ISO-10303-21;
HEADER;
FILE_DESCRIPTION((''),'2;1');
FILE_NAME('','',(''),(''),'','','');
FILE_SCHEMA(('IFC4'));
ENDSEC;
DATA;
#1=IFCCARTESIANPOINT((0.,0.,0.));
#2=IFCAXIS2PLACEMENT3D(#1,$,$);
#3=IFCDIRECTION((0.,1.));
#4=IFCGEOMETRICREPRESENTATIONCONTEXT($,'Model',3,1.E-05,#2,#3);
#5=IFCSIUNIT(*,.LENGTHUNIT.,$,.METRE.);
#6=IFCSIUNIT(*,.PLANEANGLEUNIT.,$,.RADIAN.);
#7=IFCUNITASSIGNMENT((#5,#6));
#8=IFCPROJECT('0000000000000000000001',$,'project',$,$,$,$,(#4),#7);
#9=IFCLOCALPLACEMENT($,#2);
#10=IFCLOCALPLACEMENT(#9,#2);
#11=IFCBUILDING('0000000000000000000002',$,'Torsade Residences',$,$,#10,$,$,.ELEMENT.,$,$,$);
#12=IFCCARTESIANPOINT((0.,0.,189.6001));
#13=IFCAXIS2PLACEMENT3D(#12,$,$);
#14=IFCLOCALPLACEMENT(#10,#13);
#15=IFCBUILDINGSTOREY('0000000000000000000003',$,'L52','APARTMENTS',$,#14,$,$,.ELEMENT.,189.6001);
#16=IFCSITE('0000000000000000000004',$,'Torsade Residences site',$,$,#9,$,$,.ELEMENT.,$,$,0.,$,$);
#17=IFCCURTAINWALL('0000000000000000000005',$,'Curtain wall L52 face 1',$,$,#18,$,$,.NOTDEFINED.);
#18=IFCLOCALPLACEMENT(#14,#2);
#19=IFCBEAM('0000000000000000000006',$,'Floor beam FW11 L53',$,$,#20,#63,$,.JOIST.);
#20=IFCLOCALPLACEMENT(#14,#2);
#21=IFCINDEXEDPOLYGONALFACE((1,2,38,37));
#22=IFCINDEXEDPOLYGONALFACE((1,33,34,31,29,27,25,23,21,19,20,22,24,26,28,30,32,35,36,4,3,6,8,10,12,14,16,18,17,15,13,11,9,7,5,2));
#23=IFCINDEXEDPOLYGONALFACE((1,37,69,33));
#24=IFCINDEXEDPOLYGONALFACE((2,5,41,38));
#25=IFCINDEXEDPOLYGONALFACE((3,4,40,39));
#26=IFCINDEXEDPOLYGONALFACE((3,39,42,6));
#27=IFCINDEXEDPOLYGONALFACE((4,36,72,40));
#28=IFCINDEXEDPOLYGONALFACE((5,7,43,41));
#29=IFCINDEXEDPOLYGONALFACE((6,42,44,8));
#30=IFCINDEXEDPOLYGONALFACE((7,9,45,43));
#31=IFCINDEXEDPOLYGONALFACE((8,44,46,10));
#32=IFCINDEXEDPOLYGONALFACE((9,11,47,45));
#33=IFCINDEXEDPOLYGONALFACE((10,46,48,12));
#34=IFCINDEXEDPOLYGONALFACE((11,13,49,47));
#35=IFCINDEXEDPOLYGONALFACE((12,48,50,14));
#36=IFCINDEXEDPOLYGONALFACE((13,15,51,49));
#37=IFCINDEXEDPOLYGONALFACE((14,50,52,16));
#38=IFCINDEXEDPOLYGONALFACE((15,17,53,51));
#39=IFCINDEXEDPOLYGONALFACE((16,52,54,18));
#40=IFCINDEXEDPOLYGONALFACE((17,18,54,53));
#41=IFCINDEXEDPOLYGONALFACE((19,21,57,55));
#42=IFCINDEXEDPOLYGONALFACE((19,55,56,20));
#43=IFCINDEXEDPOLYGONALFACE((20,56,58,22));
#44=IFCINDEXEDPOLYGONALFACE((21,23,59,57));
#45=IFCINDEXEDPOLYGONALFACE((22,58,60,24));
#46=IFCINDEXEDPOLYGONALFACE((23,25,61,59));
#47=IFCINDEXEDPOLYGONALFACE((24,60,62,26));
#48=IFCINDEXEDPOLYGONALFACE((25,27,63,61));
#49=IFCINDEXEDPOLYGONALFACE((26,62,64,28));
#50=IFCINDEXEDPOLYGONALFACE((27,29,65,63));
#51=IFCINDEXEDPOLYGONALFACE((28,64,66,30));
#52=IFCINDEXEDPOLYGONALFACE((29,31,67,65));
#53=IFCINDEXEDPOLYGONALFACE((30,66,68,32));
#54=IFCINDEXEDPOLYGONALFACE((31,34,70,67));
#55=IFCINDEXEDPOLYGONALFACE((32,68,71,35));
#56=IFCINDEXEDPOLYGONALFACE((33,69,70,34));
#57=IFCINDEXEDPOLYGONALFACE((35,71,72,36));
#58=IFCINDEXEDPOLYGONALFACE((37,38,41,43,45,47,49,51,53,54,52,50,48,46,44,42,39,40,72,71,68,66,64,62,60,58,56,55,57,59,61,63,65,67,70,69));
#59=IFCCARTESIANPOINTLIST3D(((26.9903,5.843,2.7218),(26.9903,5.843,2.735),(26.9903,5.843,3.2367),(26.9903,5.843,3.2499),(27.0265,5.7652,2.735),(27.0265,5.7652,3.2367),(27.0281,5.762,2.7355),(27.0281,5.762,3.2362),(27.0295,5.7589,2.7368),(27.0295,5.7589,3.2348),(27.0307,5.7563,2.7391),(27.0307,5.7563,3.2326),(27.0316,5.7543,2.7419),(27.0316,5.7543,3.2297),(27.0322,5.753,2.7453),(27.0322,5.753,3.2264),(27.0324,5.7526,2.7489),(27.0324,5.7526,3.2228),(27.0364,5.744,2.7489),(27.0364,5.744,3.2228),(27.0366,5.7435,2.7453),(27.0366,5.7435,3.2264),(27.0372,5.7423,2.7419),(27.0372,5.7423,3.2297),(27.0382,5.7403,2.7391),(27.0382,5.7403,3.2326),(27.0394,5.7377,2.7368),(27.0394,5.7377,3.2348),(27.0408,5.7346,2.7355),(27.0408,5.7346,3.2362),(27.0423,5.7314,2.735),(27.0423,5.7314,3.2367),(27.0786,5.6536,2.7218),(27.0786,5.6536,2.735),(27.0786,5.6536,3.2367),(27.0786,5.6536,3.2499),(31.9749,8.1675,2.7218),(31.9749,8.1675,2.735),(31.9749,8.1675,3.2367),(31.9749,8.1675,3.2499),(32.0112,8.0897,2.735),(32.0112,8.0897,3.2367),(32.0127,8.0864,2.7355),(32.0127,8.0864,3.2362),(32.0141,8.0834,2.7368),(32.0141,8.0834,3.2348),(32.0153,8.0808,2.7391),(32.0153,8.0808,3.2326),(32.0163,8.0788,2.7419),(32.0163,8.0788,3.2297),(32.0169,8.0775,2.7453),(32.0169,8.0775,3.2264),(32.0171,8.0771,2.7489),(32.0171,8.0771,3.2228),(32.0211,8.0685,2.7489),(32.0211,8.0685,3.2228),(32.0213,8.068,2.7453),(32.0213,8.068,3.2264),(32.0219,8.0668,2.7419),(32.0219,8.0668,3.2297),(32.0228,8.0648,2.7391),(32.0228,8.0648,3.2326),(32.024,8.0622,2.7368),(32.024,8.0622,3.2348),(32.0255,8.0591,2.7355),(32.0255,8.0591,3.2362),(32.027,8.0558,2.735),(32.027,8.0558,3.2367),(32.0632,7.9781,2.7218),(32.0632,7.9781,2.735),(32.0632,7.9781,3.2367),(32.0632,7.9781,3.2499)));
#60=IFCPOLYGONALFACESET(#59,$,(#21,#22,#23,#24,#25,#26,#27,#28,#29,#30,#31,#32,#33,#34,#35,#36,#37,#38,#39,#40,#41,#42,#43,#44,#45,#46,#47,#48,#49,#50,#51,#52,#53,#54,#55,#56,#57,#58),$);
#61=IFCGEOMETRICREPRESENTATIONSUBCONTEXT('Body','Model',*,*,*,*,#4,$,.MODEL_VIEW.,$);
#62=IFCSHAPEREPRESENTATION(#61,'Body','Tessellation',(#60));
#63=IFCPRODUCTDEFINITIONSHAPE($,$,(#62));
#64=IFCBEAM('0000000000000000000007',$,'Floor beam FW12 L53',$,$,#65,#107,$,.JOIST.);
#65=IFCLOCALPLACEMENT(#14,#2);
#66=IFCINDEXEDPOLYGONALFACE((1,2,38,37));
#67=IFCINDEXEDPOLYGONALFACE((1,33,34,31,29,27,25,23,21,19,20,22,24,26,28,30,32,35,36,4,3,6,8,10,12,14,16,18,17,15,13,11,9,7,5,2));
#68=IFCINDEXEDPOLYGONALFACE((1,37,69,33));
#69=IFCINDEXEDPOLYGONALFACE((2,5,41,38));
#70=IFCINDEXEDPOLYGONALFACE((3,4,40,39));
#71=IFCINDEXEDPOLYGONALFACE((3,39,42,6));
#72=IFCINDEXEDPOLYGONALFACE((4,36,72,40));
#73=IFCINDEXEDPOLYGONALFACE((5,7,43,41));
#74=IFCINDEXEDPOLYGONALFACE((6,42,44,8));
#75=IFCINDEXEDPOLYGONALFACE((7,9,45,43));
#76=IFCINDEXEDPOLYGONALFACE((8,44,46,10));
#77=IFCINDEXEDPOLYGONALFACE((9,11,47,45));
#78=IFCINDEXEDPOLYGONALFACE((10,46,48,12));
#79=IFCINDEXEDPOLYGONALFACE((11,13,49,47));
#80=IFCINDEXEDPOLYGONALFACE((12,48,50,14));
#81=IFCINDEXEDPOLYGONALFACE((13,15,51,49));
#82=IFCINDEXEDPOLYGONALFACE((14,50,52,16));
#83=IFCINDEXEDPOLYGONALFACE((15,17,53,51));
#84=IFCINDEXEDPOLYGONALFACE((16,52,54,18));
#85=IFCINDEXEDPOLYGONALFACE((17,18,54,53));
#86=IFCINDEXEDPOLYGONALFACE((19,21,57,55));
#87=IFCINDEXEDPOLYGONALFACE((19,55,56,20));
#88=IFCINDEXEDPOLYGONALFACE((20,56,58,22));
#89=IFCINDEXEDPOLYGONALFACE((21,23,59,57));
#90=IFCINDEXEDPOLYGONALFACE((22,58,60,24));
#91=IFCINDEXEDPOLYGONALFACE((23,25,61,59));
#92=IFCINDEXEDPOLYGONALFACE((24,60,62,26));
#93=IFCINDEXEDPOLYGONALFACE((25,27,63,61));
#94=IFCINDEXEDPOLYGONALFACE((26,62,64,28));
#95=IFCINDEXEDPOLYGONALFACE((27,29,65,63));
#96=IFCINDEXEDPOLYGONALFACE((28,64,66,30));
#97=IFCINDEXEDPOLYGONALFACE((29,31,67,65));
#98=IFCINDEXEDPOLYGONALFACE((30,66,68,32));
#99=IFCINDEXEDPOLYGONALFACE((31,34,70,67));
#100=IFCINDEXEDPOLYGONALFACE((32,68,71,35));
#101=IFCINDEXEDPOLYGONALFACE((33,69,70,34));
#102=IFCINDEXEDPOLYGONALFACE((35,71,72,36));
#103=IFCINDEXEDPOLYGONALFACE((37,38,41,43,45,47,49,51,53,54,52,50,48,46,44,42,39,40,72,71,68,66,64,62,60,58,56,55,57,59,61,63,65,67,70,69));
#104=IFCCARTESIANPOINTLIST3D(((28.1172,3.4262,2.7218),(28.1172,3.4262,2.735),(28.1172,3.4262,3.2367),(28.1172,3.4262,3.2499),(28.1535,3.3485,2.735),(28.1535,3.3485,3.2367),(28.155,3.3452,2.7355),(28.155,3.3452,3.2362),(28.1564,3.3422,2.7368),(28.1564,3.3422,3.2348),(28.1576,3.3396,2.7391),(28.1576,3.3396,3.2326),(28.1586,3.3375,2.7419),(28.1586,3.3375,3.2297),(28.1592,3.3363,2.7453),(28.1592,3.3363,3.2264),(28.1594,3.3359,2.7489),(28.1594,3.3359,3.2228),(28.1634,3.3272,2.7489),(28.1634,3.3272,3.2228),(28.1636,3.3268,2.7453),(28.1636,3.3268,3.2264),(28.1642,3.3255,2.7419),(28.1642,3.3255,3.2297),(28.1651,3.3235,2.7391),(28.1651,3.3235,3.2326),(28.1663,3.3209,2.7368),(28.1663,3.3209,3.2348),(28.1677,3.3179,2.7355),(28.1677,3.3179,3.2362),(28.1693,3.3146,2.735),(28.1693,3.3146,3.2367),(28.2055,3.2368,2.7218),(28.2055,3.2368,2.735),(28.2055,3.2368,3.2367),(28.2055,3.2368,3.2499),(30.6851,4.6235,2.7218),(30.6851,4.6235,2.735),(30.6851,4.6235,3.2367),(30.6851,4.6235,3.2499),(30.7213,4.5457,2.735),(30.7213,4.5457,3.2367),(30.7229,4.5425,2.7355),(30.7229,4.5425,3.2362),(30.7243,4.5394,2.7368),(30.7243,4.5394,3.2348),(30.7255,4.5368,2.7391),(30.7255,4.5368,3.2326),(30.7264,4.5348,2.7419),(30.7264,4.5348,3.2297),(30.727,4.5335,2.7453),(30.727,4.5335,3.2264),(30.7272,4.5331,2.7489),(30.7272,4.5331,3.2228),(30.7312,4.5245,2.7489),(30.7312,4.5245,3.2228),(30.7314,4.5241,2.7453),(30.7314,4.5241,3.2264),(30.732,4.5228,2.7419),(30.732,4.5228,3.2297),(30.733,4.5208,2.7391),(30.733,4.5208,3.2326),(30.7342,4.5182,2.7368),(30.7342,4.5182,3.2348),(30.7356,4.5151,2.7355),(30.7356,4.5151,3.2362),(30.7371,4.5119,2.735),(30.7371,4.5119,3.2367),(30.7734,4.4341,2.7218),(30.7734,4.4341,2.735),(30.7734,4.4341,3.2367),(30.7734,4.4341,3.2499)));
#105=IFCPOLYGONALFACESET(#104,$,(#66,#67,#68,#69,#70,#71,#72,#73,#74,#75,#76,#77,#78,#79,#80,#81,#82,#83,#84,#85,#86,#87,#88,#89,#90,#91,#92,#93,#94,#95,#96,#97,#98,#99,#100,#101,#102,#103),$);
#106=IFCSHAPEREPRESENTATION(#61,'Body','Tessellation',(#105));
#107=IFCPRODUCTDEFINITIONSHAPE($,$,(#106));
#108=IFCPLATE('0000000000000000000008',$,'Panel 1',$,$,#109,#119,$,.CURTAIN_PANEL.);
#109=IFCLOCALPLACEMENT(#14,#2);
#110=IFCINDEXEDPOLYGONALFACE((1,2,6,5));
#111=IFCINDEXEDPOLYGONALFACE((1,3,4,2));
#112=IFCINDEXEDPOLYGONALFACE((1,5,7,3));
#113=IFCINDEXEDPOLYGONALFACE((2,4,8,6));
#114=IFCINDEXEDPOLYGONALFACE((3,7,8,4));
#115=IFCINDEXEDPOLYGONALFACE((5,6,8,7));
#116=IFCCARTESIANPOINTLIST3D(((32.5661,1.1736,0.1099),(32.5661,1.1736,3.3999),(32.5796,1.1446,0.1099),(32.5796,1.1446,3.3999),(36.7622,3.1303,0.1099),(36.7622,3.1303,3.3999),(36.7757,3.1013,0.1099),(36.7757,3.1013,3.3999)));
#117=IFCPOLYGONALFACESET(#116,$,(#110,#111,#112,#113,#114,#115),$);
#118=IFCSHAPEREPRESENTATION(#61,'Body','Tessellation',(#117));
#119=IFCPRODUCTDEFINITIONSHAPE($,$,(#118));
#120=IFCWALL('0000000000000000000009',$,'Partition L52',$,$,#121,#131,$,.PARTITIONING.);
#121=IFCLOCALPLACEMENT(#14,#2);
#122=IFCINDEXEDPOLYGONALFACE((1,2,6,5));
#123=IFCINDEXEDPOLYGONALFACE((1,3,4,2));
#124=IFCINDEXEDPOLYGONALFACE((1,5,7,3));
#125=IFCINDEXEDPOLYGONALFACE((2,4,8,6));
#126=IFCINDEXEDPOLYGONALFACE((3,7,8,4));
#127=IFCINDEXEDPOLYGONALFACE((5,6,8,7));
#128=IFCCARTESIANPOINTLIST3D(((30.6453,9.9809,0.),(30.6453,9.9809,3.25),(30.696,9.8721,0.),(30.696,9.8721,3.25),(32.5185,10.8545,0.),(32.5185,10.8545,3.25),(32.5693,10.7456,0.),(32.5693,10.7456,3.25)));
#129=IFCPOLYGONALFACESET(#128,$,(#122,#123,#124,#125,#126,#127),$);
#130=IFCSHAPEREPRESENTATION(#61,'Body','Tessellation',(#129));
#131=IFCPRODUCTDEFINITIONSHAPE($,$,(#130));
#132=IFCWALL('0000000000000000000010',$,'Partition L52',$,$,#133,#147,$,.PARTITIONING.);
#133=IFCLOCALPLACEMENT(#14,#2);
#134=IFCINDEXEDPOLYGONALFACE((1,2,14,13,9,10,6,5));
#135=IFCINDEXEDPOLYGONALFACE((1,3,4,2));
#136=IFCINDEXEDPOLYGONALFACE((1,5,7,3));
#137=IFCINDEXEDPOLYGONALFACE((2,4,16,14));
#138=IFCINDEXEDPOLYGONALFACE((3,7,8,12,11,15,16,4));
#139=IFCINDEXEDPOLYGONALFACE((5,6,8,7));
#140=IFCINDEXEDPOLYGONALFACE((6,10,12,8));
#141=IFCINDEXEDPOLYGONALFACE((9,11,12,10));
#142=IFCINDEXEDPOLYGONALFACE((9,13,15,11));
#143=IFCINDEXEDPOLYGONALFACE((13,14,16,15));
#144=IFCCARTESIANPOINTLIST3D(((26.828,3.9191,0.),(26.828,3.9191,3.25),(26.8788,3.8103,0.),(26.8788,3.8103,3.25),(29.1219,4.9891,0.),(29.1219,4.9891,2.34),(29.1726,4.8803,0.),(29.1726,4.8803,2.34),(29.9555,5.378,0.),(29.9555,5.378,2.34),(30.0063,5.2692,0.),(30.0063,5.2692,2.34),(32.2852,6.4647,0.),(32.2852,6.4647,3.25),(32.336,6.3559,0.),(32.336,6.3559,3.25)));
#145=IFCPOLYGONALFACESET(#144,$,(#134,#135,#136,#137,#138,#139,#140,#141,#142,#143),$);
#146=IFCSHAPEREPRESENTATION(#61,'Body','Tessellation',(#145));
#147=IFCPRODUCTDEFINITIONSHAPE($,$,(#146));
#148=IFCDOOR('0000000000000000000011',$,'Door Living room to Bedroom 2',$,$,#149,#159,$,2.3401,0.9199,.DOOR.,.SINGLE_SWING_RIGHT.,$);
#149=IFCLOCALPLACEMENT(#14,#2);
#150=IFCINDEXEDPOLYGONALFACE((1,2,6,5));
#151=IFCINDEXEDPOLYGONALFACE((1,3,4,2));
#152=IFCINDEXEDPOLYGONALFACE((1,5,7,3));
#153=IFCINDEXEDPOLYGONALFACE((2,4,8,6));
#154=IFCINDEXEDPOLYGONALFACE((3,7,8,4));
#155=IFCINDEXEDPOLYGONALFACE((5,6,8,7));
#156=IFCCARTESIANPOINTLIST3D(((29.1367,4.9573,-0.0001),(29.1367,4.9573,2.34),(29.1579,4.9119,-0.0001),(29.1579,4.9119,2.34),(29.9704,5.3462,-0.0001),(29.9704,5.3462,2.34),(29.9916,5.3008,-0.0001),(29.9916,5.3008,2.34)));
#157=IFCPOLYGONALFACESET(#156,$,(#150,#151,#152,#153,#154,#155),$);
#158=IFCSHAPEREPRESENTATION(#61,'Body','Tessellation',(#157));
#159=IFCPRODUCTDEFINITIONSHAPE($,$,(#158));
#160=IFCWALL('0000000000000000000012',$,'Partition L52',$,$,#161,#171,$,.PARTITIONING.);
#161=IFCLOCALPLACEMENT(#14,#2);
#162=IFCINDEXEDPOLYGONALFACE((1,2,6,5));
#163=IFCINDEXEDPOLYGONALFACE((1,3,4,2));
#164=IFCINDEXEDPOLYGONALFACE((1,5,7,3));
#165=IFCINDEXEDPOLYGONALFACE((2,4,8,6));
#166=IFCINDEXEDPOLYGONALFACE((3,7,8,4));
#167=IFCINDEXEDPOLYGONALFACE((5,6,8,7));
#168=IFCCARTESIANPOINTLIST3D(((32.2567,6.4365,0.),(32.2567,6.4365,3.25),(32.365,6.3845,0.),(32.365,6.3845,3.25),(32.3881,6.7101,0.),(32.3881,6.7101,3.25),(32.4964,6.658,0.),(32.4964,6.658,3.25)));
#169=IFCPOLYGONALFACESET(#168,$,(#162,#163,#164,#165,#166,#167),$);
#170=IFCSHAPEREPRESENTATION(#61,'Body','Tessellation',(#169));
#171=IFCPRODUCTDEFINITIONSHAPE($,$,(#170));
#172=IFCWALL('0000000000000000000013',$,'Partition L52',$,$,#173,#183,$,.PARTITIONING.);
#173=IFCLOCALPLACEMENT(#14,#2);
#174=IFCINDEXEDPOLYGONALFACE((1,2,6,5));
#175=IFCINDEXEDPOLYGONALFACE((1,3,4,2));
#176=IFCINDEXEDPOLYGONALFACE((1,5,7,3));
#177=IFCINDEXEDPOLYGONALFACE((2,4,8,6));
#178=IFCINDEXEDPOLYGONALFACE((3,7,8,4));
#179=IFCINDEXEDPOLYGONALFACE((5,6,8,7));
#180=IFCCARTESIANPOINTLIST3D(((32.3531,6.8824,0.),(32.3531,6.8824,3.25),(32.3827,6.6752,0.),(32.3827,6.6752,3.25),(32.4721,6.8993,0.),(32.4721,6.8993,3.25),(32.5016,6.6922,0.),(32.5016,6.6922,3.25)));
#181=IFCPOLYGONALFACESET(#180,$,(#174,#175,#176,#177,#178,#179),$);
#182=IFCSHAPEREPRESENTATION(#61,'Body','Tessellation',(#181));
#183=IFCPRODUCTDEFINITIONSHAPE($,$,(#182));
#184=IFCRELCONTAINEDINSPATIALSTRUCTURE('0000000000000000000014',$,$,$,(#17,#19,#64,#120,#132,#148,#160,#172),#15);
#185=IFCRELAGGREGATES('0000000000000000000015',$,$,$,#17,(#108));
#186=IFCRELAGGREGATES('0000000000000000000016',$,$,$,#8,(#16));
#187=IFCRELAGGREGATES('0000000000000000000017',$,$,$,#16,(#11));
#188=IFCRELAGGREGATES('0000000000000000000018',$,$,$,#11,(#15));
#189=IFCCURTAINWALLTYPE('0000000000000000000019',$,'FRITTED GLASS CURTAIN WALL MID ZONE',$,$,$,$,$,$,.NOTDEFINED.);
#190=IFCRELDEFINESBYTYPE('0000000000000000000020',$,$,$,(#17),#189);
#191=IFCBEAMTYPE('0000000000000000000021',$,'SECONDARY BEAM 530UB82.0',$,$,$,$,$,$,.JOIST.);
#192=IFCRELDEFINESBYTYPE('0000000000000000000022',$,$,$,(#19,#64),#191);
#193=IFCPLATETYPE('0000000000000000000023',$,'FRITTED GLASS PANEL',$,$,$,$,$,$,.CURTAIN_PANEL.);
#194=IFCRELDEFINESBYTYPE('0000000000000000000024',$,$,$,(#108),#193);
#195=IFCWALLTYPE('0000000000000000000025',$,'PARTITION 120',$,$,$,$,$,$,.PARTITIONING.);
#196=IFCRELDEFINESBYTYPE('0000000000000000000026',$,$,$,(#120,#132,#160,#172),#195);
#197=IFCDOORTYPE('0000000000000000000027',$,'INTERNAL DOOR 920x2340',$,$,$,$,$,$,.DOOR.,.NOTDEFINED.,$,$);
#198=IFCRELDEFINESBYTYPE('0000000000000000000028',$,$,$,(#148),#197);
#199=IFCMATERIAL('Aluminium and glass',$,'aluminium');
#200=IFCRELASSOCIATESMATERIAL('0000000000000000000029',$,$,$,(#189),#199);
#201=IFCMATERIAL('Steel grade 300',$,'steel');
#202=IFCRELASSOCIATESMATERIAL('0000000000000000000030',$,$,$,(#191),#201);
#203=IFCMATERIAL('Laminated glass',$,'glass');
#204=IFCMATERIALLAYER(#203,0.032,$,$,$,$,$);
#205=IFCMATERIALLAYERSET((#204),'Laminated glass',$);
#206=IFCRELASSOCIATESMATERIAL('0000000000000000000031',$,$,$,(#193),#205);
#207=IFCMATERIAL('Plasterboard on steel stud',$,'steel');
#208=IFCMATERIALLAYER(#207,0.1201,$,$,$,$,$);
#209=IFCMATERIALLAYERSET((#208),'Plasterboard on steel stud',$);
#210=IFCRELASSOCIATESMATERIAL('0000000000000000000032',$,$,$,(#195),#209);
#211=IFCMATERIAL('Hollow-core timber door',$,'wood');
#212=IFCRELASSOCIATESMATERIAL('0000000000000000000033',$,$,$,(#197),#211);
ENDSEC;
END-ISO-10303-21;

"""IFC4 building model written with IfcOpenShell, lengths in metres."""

from ifc_helpers import new_model, si_unit, direction, frame, frame_2d, origin, origin_2d, place, context, subcontext, project, spatial, rectangle, i_section, extrude, material, layer, layer_set, material_profile, profile_set, type_object, element, fill, aggregate, save


model = new_model("IFC4")

# Units and contexts
model_context = context("Model", 3, precision=1e-05, world=origin(), true_north=direction((0.0, 1.0)))
body_context = subcontext(model_context, "Body", "Model", "MODEL_VIEW")
ifc_project = project(units=[si_unit("LENGTHUNIT", "METRE"), si_unit("PLANEANGLEUNIT", "RADIAN")], contexts=[model_context])

# Site, building, storey
site_placement = place(None, origin())
site = spatial("IfcSite", under=ifc_project, at=site_placement, Name="Torsade Residences site", CompositionType="ELEMENT", RefElevation=0.0)
building_placement = place(site_placement, origin())
building = spatial("IfcBuilding", under=site, at=building_placement, Name="Torsade Residences", CompositionType="ELEMENT")
storey_placement = place(building_placement, frame((0.0, 0.0, 189.6001)))
storey = spatial("IfcBuildingStorey", under=building, at=storey_placement, Name="L52", Description="APARTMENTS", CompositionType="ELEMENT", Elevation=189.6001)

# Curtain wall
ifc_material_1 = material(Name="Aluminium and glass", Category="aluminium")
curtain_wall_type = type_object("IfcCurtainWallType", Name="FRITTED GLASS CURTAIN WALL MID ZONE", PredefinedType="NOTDEFINED", material=ifc_material_1)
curtain_wall_1_placement = place(storey_placement, origin())
curtain_wall_1 = element("IfcCurtainWall", 1, at=curtain_wall_1_placement, inside=storey, type_object=curtain_wall_type, Name="Curtain wall L52 face 1", PredefinedType="NOTDEFINED")

# Beams
ifc_material_2 = material(Name="Steel grade 300", Category="steel")
ifc_material_profile_1 = material_profile(ifc_material_2, i_section(OverallWidth=0.209, OverallDepth=0.5281, WebThickness=0.0095, FlangeThickness=0.0132, FilletRadius=0.0139, at=origin_2d()), Name="530UB82.0")
ifc_profile_set_1 = profile_set([ifc_material_profile_1], Name="Steel grade 300")
beam_type_1 = type_object("IfcBeamType", Name="SECONDARY BEAM 530UB82.0", PredefinedType="JOIST", material=ifc_profile_set_1)
beam_1_placement = place(storey_placement, frame((27.0344, 5.7483, 2.9858), z_axis=(0.906301, 0.422633, 0.0), x_axis=(-0.422633, 0.906301, 0.0)))
element("IfcBeam", 2, at=beam_1_placement, inside=storey, type_object=beam_type_1, Name="Floor beam FW11 L53", PredefinedType="JOIST", context=body_context, shape_type="SweptSolid", body=[
    extrude(i_section(OverallWidth=0.209, OverallDepth=0.5281, WebThickness=0.0095, FlangeThickness=0.0132, FilletRadius=0.0139, at=origin_2d()), origin(), (0.0, 0.0, 1.0), 5.5),
])
beam_2_placement = place(storey_placement, frame((28.1614, 3.3315, 2.9858), z_axis=(0.906328, 0.422574, 0.0), x_axis=(-0.422574, 0.906328, 0.0)))
element("IfcBeam", 3, at=beam_2_placement, inside=storey, type_object=beam_type_1, Name="Floor beam FW12 L53", PredefinedType="JOIST", context=body_context, shape_type="SweptSolid", body=[
    extrude(i_section(OverallWidth=0.209, OverallDepth=0.5281, WebThickness=0.0095, FlangeThickness=0.0132, FilletRadius=0.0139, at=origin_2d()), origin(), (0.0, 0.0, 1.0), 2.8333),
])

# Plate
ifc_material_3 = material(Name="Laminated glass", Category="glass")
ifc_layer_1 = layer(ifc_material_3, 0.032)
ifc_layer_set_1 = layer_set([ifc_layer_1], Name="Laminated glass")
plate_type = type_object("IfcPlateType", Name="FRITTED GLASS PANEL", PredefinedType="CURTAIN_PANEL", material=ifc_layer_set_1)
plate_placement = place(storey_placement, frame((34.6709, 2.1375, 0.1099), z_axis=(0.0, 0.0, 1.0), x_axis=(0.906308, 0.422618, 0.0)))
plate = element("IfcPlate", 4, at=plate_placement, type_object=plate_type, Name="Panel 1", PredefinedType="CURTAIN_PANEL", context=body_context, shape_type="SweptSolid", body=[
    extrude(rectangle(XDim=4.6299, YDim=0.032, at=origin_2d()), origin(), (0.0, 0.0, 1.0), 3.29),
])
aggregate(curtain_wall_1, [plate])

# Wall
ifc_material_4 = material(Name="Plasterboard on steel stud", Category="steel")
ifc_layer_2 = layer(ifc_material_4, 0.1201)
ifc_layer_set_2 = layer_set([ifc_layer_2], Name="Plasterboard on steel stud")
wall_type_1 = type_object("IfcWallType", Name="PARTITION 120", PredefinedType="PARTITIONING", material=ifc_layer_set_2)
wall_1_placement = place(storey_placement, frame((30.6707, 9.9265, 0.0), z_axis=(0.0, 0.0, 1.0), x_axis=(0.906307, 0.42262, 0.0)))
element("IfcWall", 5, at=wall_1_placement, inside=storey, type_object=wall_type_1, Name="Partition L52", PredefinedType="PARTITIONING", context=body_context, shape_type="SweptSolid", body=[
    extrude(rectangle(XDim=2.0669, YDim=0.1201, at=frame_2d((1.0334, 0.0))), origin(), (0.0, 0.0, 1.0), 3.25),
])

# Wall, opening, door
wall_2_placement = place(storey_placement, frame((26.8535, 3.8647, 0.0), z_axis=(0.0, 0.0, 1.0), x_axis=(0.906251, 0.422739, 0.0)))
wall_2 = element("IfcWall", 6, at=wall_2_placement, inside=storey, type_object=wall_type_1, Name="Partition L52", PredefinedType="PARTITIONING", context=body_context, shape_type="SweptSolid", body=[
    extrude(rectangle(XDim=6.0217, YDim=0.1201, at=frame_2d((3.0107, 0.0))), origin(), (0.0, 0.0, 1.0), 3.25),
])
opening_1_placement = place(wall_2_placement, frame((2.531, 0.0, 0.0)))
opening_1 = element("IfcOpeningElement", 7, at=opening_1_placement, cuts=wall_2, PredefinedType="OPENING", context=body_context, shape_type="SweptSolid", body=[
    extrude(rectangle(XDim=0.9199, YDim=2.3401, at=frame_2d((0.46, 1.1699))), frame((0.0, 0.0701, 0.0), z_axis=(0.0, -1.0, 0.0), x_axis=(1.0, 0.0, 0.0)), (0.0, 0.0, 1.0), 0.1401),
])
ifc_material_5 = material(Name="Hollow-core timber door", Category="wood")
door_type_1 = type_object("IfcDoorType", Name="INTERNAL DOOR 920x2340", OperationType="NOTDEFINED", PredefinedType="DOOR", material=ifc_material_5)
door_1_placement = place(opening_1_placement, origin())
door_1 = element("IfcDoor", 8, at=door_1_placement, inside=storey, type_object=door_type_1, Name="Door Living room to Bedroom 2", OperationType="SINGLE_SWING_RIGHT", OverallHeight=2.3401, OverallWidth=0.9199, PredefinedType="DOOR", context=body_context, shape_type="SweptSolid", body=[
    extrude(rectangle(XDim=0.9199, YDim=2.3401, at=frame_2d((0.46, 1.1699))), frame((0.0, 0.0249, 0.0), z_axis=(0.0, -1.0, 0.0), x_axis=(1.0, 0.0, 0.0)), (0.0, 0.0, 1.0), 0.05),
])
fill(opening_1, door_1)

# Walls
wall_3_placement = place(storey_placement, frame((32.3108, 6.4104, 0.0), z_axis=(0.0, 0.0, 1.0), x_axis=(0.432993, 0.901397, 0.0)))
element("IfcWall", 9, at=wall_3_placement, inside=storey, type_object=wall_type_1, Name="Partition L52", PredefinedType="PARTITIONING", context=body_context, shape_type="SweptSolid", body=[
    extrude(rectangle(XDim=0.3035, YDim=0.1201, at=frame_2d((0.1519, 0.0))), origin(), (0.0, 0.0, 1.0), 3.25),
])
wall_4_placement = place(storey_placement, frame((32.4421, 6.6838, 0.0), z_axis=(0.0, 0.0, 1.0), x_axis=(-0.141258, 0.989973, 0.0)))
element("IfcWall", 10, at=wall_4_placement, inside=storey, type_object=wall_type_1, Name="Partition L52", PredefinedType="PARTITIONING", context=body_context, shape_type="SweptSolid", body=[
    extrude(rectangle(XDim=0.2092, YDim=0.1201, at=frame_2d((0.1045, 0.0))), origin(), (0.0, 0.0, 1.0), 3.25),
])

save(model, "model.ifc")
